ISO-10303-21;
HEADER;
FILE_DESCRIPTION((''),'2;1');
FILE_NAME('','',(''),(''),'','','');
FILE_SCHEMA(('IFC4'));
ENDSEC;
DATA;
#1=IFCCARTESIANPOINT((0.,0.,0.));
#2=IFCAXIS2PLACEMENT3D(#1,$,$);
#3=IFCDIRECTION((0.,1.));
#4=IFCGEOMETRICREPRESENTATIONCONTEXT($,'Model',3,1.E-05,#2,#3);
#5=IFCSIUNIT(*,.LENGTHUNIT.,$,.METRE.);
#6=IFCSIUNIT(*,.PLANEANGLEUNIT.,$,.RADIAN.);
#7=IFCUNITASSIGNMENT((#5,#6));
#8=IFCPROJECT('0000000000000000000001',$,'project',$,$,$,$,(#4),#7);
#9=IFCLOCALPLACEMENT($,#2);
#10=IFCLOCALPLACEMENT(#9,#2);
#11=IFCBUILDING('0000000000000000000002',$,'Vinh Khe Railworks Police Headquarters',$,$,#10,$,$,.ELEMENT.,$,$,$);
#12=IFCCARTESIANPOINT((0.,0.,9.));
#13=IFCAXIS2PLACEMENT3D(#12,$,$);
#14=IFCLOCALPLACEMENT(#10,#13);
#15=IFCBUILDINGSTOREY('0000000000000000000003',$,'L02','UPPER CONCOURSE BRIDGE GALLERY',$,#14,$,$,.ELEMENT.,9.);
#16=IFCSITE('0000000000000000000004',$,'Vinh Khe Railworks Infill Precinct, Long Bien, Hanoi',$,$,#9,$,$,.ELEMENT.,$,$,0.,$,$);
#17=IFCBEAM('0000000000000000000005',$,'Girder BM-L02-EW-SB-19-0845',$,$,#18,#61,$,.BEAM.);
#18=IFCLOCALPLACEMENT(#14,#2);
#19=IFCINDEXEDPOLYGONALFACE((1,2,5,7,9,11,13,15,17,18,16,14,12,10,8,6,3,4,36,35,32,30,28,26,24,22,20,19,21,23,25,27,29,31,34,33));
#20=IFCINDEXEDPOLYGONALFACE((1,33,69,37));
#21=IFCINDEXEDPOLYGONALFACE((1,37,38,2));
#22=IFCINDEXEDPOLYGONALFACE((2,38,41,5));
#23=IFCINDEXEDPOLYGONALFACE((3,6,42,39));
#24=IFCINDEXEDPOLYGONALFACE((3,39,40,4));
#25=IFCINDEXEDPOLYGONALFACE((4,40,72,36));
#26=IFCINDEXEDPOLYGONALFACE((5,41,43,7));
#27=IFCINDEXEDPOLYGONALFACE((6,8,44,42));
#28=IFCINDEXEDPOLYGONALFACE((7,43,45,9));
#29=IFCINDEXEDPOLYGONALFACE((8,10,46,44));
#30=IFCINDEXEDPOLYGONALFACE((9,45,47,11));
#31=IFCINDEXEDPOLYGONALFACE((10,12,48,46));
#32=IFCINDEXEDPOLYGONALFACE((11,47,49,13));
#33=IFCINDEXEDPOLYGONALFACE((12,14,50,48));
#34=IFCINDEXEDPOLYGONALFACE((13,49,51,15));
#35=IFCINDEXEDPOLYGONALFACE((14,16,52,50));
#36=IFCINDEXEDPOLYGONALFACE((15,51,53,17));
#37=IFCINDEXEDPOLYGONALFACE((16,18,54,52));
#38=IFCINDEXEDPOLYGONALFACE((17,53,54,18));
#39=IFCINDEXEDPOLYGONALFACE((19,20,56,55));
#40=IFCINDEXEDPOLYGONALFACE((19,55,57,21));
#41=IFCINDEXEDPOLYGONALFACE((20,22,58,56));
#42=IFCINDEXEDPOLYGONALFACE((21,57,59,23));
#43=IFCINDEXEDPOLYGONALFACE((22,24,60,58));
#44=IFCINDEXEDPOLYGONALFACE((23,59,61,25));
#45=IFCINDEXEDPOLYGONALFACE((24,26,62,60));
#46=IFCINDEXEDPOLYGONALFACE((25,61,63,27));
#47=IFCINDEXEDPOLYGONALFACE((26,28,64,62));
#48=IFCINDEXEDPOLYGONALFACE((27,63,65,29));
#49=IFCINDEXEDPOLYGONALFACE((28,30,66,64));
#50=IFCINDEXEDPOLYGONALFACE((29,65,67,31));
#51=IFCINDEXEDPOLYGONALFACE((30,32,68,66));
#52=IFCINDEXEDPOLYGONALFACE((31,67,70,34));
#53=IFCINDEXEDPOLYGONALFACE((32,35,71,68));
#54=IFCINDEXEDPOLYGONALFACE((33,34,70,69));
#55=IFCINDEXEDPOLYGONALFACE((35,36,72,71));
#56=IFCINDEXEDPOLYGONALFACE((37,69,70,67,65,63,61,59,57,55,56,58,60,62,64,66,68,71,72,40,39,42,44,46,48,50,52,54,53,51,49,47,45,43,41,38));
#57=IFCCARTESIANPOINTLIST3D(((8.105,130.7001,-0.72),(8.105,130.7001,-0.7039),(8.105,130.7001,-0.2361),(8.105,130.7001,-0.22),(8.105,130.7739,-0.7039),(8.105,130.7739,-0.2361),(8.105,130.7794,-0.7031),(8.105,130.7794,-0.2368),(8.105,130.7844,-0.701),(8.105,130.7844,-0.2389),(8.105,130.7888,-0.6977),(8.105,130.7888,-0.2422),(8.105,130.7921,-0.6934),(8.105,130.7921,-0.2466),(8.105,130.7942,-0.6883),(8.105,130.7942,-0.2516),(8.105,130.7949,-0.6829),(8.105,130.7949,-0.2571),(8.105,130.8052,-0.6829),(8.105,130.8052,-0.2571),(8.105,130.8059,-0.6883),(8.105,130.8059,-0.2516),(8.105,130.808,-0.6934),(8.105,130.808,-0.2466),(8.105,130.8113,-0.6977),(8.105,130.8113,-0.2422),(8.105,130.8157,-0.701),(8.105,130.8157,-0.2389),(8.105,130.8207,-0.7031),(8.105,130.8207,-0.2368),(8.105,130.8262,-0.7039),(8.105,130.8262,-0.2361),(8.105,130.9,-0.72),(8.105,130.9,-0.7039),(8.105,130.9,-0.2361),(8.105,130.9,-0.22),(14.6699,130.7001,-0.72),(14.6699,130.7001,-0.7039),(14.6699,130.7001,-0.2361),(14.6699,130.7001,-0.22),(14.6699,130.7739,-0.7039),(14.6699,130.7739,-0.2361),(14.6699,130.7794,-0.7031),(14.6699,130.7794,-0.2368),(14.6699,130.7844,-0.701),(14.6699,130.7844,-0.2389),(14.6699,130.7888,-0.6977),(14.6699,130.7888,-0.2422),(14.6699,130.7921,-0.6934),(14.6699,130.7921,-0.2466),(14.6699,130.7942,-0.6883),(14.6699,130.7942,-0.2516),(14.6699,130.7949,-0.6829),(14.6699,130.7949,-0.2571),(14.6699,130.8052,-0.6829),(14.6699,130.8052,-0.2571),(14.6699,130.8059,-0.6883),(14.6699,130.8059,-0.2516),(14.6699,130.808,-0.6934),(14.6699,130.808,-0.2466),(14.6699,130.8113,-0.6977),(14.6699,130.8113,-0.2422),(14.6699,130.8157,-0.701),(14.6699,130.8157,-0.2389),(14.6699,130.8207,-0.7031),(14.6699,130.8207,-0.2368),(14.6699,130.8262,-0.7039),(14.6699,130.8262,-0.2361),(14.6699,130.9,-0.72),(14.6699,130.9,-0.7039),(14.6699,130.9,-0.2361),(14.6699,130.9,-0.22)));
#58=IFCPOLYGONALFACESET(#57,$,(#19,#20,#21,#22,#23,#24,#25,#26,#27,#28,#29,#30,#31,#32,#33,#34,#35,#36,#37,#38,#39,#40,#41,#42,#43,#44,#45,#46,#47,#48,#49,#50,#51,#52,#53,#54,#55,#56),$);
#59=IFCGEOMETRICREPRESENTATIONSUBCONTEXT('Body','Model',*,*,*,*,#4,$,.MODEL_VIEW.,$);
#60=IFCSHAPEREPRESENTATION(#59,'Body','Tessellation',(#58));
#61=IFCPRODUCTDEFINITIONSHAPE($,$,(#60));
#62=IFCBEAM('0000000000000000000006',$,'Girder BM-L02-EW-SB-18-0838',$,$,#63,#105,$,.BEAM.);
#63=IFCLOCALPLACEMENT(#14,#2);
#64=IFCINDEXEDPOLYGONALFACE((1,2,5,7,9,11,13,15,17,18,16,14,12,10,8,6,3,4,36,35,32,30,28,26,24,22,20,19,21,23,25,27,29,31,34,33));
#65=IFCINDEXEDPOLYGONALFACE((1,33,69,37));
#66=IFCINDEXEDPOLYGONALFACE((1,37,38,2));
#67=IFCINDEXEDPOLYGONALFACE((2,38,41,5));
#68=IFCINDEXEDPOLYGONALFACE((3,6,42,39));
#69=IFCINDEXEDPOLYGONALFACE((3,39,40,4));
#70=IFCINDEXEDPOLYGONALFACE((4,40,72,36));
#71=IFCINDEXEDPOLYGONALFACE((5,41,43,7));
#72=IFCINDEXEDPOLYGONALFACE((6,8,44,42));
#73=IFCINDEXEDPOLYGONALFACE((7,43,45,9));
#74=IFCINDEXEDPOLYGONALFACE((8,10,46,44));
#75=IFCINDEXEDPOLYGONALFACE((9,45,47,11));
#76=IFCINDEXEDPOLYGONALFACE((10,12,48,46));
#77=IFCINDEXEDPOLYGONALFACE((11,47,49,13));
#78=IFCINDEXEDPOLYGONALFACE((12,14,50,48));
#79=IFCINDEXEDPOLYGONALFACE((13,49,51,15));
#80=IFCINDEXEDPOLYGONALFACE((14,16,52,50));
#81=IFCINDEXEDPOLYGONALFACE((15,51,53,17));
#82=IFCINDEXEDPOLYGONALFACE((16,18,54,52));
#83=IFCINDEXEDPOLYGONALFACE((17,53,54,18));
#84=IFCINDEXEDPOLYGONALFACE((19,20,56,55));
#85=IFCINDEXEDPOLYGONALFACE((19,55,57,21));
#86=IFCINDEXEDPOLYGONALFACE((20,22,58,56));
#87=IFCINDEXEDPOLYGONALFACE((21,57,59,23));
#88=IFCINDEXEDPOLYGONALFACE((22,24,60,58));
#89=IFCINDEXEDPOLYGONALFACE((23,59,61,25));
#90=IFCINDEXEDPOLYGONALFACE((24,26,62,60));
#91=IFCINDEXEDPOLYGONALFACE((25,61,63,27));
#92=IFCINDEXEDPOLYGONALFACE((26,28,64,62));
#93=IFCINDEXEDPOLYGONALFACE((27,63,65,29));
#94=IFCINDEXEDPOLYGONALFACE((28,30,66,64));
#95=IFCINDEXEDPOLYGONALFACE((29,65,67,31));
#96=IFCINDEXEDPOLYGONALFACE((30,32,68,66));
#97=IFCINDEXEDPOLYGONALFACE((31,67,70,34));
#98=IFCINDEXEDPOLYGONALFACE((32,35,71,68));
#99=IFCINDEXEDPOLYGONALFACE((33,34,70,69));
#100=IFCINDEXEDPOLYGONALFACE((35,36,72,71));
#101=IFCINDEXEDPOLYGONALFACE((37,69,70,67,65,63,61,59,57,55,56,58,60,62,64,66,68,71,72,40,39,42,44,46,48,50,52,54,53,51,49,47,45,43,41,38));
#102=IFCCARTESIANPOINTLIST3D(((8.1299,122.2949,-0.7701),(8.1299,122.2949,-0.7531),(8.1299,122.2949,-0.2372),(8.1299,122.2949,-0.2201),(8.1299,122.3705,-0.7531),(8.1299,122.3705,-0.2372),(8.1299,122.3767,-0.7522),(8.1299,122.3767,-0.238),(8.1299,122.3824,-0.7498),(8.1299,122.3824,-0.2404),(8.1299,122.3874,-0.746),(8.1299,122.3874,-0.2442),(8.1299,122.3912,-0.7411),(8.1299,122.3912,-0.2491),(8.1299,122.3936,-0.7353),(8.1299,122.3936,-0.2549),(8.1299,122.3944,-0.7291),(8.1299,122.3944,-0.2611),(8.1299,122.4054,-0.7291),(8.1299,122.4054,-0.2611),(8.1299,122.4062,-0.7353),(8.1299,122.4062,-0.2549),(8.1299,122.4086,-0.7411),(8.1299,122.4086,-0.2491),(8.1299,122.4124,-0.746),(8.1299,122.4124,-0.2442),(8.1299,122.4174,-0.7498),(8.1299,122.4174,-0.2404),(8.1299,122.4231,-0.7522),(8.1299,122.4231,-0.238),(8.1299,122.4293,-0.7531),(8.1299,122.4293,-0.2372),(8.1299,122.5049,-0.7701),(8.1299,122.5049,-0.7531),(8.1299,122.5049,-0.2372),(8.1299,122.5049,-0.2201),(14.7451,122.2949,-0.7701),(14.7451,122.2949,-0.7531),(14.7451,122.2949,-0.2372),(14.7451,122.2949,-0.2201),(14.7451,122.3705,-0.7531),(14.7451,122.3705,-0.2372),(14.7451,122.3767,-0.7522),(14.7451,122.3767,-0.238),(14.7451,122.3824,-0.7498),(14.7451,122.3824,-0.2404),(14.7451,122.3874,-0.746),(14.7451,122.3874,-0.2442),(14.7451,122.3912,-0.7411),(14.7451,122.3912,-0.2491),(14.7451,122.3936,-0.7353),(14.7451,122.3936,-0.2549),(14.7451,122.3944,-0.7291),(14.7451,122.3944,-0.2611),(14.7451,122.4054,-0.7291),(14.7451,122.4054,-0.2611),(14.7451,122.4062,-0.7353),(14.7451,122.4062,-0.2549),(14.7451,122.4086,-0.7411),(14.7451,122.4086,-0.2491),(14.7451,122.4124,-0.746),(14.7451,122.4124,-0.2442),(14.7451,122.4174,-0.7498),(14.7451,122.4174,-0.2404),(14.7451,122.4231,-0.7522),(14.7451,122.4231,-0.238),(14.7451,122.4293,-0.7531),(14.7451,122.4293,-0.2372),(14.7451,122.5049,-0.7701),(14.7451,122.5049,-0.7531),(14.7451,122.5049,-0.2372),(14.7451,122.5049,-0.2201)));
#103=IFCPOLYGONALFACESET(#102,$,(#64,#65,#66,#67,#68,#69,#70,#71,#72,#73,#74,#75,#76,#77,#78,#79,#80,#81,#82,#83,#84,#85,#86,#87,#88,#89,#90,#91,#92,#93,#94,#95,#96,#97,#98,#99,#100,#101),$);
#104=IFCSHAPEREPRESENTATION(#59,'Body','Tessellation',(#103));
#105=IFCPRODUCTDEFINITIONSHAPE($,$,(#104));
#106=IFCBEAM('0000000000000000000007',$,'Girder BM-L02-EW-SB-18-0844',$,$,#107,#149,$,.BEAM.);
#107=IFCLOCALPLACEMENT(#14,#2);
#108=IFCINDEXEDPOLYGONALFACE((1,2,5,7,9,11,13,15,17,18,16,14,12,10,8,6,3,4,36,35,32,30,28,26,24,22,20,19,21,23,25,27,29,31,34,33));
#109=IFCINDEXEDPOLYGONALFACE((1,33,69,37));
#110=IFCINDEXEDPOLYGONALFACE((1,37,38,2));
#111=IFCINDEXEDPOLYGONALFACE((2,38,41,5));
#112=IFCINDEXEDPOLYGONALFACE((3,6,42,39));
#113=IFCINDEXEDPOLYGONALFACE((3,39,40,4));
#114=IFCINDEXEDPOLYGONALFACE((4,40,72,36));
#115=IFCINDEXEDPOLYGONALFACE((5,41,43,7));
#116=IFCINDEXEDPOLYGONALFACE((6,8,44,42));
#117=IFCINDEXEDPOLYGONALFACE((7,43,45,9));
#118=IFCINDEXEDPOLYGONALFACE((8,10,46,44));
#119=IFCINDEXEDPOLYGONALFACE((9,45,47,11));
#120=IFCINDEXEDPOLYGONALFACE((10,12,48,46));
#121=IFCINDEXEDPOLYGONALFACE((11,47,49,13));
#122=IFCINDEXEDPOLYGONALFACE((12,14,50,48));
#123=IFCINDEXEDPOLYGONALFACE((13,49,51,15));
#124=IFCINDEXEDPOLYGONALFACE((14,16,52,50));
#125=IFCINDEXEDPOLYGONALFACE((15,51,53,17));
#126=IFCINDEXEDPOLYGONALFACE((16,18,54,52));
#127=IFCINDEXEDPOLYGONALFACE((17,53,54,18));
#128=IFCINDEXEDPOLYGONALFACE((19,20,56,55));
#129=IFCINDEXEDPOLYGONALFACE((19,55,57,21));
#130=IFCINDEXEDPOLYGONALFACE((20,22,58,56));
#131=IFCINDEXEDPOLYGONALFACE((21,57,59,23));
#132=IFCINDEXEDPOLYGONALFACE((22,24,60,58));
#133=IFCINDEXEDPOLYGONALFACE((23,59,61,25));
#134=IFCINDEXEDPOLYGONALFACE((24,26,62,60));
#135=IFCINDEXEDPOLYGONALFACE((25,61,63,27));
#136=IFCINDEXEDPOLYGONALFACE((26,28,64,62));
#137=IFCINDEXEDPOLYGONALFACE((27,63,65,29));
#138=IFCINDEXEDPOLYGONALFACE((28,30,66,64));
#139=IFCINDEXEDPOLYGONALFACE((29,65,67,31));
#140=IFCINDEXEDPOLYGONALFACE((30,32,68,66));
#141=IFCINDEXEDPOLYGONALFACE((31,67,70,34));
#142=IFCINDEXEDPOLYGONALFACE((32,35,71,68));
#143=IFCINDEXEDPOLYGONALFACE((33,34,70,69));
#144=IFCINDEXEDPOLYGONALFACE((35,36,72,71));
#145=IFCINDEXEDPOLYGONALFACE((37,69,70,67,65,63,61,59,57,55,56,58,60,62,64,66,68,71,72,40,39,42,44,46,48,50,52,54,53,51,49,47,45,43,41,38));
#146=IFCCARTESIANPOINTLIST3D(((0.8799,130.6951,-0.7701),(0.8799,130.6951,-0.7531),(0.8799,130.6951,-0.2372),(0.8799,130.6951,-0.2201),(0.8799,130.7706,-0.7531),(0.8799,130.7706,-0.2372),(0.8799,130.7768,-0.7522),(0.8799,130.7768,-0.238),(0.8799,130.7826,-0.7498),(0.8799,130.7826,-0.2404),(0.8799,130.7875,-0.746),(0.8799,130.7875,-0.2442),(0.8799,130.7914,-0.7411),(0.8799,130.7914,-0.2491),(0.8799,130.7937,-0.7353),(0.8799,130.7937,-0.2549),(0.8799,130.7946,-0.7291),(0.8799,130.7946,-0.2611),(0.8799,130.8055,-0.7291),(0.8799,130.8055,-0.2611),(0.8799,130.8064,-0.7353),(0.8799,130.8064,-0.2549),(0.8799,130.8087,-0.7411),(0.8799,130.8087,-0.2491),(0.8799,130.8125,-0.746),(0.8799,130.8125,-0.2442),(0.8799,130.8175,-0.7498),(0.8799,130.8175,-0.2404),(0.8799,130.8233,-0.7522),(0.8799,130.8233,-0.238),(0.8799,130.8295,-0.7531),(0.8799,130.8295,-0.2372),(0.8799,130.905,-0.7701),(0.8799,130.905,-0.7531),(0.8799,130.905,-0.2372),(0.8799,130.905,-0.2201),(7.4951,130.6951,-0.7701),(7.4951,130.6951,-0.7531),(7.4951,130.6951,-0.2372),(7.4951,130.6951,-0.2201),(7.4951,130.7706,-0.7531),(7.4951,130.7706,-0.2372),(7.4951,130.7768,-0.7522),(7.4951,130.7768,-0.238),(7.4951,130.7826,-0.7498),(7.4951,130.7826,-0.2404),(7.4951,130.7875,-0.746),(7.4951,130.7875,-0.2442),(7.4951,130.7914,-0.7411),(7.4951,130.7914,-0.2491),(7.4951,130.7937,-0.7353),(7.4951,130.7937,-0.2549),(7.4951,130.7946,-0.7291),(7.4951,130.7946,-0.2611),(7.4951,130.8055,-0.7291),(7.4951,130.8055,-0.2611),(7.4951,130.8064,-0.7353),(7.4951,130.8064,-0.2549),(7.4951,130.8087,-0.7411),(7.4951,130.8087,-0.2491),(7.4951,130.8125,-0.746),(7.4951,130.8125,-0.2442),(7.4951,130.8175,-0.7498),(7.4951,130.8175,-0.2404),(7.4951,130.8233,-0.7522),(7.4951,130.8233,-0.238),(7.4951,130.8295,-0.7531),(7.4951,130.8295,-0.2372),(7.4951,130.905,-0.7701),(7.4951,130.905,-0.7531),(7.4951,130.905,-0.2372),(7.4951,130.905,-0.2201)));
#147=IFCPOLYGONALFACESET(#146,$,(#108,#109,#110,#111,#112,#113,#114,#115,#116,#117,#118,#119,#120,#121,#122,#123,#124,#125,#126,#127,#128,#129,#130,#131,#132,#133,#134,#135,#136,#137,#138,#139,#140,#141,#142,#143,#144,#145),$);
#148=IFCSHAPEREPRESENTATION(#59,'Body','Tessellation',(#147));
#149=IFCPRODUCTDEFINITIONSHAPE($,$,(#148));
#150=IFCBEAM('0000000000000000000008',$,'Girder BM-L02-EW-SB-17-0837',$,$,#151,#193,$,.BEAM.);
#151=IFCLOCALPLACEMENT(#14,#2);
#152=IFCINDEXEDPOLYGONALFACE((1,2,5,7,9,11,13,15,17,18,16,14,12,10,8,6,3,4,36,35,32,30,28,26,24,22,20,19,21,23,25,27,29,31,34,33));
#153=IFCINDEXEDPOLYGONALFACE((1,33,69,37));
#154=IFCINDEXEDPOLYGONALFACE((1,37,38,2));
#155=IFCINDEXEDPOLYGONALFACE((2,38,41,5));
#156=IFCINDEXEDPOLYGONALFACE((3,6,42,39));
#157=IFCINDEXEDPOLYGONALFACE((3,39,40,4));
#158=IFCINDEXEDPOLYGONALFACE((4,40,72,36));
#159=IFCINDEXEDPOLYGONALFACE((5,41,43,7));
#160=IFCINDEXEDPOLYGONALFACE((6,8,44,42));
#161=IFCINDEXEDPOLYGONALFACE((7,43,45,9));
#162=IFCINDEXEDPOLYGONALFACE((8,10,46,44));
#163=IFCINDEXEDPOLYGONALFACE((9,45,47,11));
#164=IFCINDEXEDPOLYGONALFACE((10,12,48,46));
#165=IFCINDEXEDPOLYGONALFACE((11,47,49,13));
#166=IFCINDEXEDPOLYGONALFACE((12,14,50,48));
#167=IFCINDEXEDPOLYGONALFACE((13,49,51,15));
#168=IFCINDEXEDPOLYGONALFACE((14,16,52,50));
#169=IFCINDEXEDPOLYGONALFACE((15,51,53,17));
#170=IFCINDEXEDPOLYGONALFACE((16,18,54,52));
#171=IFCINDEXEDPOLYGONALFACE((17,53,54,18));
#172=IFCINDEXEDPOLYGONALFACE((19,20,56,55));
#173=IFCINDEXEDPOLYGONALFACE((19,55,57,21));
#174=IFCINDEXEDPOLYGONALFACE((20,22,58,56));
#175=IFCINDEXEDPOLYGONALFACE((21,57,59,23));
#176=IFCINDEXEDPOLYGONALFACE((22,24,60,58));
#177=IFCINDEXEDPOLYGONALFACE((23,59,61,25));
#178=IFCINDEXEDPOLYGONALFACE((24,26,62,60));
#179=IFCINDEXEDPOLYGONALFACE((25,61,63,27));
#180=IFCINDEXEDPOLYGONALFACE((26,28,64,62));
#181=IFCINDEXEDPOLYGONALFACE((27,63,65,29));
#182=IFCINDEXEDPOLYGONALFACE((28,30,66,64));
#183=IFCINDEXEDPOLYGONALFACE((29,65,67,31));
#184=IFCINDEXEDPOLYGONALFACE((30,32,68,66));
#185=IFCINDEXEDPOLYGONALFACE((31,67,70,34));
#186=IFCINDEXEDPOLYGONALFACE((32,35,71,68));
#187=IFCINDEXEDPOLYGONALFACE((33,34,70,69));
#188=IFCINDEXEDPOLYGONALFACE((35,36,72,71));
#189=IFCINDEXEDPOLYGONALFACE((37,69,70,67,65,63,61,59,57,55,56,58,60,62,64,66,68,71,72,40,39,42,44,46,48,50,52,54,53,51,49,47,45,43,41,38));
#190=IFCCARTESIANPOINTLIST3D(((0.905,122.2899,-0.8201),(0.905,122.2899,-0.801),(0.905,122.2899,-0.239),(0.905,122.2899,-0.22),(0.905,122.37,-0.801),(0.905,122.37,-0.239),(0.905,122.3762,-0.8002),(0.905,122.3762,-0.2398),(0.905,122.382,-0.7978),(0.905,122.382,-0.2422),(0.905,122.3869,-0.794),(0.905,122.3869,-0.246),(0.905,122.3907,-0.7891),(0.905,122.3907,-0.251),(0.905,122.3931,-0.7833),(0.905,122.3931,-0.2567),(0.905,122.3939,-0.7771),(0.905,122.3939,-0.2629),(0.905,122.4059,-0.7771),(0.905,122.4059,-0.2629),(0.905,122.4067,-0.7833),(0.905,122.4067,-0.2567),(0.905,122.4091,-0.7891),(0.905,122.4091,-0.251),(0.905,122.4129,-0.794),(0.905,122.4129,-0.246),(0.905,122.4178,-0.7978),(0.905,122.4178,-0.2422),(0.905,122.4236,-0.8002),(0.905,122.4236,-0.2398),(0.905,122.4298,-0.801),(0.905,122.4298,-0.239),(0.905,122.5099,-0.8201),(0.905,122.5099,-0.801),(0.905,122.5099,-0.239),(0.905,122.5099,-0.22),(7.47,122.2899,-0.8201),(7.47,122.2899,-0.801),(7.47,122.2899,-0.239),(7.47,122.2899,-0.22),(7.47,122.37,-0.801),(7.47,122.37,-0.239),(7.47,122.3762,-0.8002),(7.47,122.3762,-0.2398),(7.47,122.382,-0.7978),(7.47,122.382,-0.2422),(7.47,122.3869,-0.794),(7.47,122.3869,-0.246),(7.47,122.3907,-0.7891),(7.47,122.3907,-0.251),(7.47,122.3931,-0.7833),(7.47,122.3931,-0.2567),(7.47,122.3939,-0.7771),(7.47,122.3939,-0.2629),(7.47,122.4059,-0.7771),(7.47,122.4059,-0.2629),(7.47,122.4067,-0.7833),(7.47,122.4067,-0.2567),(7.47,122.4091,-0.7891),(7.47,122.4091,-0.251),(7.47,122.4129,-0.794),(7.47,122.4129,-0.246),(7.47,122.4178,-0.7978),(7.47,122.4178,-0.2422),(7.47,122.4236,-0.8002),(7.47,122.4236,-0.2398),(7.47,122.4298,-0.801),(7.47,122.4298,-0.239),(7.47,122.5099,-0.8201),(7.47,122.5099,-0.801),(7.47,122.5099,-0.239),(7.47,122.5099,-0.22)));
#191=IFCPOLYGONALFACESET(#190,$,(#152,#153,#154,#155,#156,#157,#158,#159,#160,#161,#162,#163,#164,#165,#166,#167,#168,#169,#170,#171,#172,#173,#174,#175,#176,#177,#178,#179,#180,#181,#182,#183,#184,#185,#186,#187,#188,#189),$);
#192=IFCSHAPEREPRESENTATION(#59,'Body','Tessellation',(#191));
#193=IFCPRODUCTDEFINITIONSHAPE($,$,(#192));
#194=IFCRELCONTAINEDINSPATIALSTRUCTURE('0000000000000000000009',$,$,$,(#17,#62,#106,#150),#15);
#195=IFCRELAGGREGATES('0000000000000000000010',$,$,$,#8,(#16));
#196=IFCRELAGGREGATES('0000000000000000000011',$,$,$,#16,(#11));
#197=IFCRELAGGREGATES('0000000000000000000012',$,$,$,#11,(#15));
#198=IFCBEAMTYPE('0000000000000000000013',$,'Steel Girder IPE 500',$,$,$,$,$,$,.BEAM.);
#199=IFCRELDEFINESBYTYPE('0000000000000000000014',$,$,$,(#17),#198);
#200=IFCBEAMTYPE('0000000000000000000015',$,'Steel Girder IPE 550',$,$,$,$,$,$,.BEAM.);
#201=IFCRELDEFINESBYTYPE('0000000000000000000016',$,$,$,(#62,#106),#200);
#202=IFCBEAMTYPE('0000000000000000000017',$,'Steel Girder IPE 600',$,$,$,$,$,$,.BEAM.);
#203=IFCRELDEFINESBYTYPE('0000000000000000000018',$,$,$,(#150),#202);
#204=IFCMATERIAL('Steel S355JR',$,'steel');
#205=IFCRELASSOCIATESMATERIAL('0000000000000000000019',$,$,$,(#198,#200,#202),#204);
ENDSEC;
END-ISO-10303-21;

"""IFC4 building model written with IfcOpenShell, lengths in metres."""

from ifc_helpers import new_model, si_unit, direction, frame, origin, origin_2d, place, context, subcontext, project, spatial, i_section, extrude, material, material_profile, profile_set, type_object, element, save


model = new_model("IFC4")

# Units and contexts
model_context = context("Model", 3, precision=1e-05, world=origin(), true_north=direction((0.0, 1.0)))
body_context = subcontext(model_context, "Body", "Model", "MODEL_VIEW")
ifc_project = project(units=[si_unit("LENGTHUNIT", "METRE"), si_unit("PLANEANGLEUNIT", "RADIAN")], contexts=[model_context])

# Site, building, storey
site_placement = place(None, origin())
site = spatial("IfcSite", under=ifc_project, at=site_placement, Name="Vinh Khe Railworks Infill Precinct, Long Bien, Hanoi", CompositionType="ELEMENT", RefElevation=0.0)
building_placement = place(site_placement, origin())
building = spatial("IfcBuilding", under=site, at=building_placement, Name="Vinh Khe Railworks Police Headquarters", CompositionType="ELEMENT")
storey_placement = place(building_placement, frame((0.0, 0.0, 9.0)))
storey = spatial("IfcBuildingStorey", under=building, at=storey_placement, Name="L02", Description="UPPER CONCOURSE BRIDGE GALLERY", CompositionType="ELEMENT", Elevation=9.0)

# Shared definitions
ifc_material_1 = material(Name="Steel S355JR", Category="steel")

# Beams
ifc_material_profile_1 = material_profile(ifc_material_1, i_section(OverallWidth=0.2, OverallDepth=0.5, WebThickness=0.0103, FlangeThickness=0.0161, FilletRadius=0.021, at=origin_2d()), Name="IPE 500")
ifc_profile_set_1 = profile_set([ifc_material_profile_1], Name="Steel S355JR")
beam_type_1 = type_object("IfcBeamType", Name="Steel Girder IPE 500", PredefinedType="BEAM", material=ifc_profile_set_1)
beam_1_placement = place(storey_placement, frame((8.105, 130.8, -0.47), z_axis=(1.0, 0.0, 0.0), x_axis=(0.0, 1.0, 0.0)))
element("IfcBeam", 1, at=beam_1_placement, inside=storey, type_object=beam_type_1, Name="Girder BM-L02-EW-SB-19-0845", PredefinedType="BEAM", context=body_context, shape_type="SweptSolid", body=[
    extrude(i_section(OverallWidth=0.2, OverallDepth=0.5, WebThickness=0.0103, FlangeThickness=0.0161, FilletRadius=0.021, at=origin_2d()), origin(), (0.0, 0.0, 1.0), 6.5649),
])
ifc_material_profile_2 = material_profile(ifc_material_1, i_section(OverallWidth=0.21, OverallDepth=0.55, WebThickness=0.011, FlangeThickness=0.0171, FilletRadius=0.0239, at=origin_2d()), Name="IPE 550")
ifc_profile_set_2 = profile_set([ifc_material_profile_2], Name="Steel S355JR")
beam_type_2 = type_object("IfcBeamType", Name="Steel Girder IPE 550", PredefinedType="BEAM", material=ifc_profile_set_2)
for number, where, z_axis, x_axis, name in (
    (2, (8.1299, 122.3999, -0.4951), (1.0, 0.0, 0.0), (0.0, 1.0, 0.0), "Girder BM-L02-EW-SB-18-0838"),
    (3, (0.8799, 130.8, -0.4951), (1.0, 0.0, 0.0), (0.0, 1.0, 0.0), "Girder BM-L02-EW-SB-18-0844"),
):
    element("IfcBeam", number, at=place(storey_placement, frame(where, z_axis=z_axis, x_axis=x_axis)), inside=storey, type_object=beam_type_2, Name=name, PredefinedType="BEAM", context=body_context, shape_type="SweptSolid", body=[
        extrude(i_section(OverallWidth=0.21, OverallDepth=0.55, WebThickness=0.011, FlangeThickness=0.0171, FilletRadius=0.0239, at=origin_2d()), origin(), (0.0, 0.0, 1.0), 6.6152),
    ])
ifc_material_profile_3 = material_profile(ifc_material_1, i_section(OverallWidth=0.22, OverallDepth=0.6001, WebThickness=0.012, FlangeThickness=0.019, FilletRadius=0.0239, at=origin_2d()), Name="IPE 600")
ifc_profile_set_3 = profile_set([ifc_material_profile_3], Name="Steel S355JR")
beam_type_3 = type_object("IfcBeamType", Name="Steel Girder IPE 600", PredefinedType="BEAM", material=ifc_profile_set_3)
beam_2_placement = place(storey_placement, frame((0.905, 122.3999, -0.52), z_axis=(1.0, 0.0, 0.0), x_axis=(0.0, 1.0, 0.0)))
element("IfcBeam", 4, at=beam_2_placement, inside=storey, type_object=beam_type_3, Name="Girder BM-L02-EW-SB-17-0837", PredefinedType="BEAM", context=body_context, shape_type="SweptSolid", body=[
    extrude(i_section(OverallWidth=0.22, OverallDepth=0.6001, WebThickness=0.012, FlangeThickness=0.019, FilletRadius=0.0239, at=origin_2d()), origin(), (0.0, 0.0, 1.0), 6.5649),
])

save(model, "model.ifc")
